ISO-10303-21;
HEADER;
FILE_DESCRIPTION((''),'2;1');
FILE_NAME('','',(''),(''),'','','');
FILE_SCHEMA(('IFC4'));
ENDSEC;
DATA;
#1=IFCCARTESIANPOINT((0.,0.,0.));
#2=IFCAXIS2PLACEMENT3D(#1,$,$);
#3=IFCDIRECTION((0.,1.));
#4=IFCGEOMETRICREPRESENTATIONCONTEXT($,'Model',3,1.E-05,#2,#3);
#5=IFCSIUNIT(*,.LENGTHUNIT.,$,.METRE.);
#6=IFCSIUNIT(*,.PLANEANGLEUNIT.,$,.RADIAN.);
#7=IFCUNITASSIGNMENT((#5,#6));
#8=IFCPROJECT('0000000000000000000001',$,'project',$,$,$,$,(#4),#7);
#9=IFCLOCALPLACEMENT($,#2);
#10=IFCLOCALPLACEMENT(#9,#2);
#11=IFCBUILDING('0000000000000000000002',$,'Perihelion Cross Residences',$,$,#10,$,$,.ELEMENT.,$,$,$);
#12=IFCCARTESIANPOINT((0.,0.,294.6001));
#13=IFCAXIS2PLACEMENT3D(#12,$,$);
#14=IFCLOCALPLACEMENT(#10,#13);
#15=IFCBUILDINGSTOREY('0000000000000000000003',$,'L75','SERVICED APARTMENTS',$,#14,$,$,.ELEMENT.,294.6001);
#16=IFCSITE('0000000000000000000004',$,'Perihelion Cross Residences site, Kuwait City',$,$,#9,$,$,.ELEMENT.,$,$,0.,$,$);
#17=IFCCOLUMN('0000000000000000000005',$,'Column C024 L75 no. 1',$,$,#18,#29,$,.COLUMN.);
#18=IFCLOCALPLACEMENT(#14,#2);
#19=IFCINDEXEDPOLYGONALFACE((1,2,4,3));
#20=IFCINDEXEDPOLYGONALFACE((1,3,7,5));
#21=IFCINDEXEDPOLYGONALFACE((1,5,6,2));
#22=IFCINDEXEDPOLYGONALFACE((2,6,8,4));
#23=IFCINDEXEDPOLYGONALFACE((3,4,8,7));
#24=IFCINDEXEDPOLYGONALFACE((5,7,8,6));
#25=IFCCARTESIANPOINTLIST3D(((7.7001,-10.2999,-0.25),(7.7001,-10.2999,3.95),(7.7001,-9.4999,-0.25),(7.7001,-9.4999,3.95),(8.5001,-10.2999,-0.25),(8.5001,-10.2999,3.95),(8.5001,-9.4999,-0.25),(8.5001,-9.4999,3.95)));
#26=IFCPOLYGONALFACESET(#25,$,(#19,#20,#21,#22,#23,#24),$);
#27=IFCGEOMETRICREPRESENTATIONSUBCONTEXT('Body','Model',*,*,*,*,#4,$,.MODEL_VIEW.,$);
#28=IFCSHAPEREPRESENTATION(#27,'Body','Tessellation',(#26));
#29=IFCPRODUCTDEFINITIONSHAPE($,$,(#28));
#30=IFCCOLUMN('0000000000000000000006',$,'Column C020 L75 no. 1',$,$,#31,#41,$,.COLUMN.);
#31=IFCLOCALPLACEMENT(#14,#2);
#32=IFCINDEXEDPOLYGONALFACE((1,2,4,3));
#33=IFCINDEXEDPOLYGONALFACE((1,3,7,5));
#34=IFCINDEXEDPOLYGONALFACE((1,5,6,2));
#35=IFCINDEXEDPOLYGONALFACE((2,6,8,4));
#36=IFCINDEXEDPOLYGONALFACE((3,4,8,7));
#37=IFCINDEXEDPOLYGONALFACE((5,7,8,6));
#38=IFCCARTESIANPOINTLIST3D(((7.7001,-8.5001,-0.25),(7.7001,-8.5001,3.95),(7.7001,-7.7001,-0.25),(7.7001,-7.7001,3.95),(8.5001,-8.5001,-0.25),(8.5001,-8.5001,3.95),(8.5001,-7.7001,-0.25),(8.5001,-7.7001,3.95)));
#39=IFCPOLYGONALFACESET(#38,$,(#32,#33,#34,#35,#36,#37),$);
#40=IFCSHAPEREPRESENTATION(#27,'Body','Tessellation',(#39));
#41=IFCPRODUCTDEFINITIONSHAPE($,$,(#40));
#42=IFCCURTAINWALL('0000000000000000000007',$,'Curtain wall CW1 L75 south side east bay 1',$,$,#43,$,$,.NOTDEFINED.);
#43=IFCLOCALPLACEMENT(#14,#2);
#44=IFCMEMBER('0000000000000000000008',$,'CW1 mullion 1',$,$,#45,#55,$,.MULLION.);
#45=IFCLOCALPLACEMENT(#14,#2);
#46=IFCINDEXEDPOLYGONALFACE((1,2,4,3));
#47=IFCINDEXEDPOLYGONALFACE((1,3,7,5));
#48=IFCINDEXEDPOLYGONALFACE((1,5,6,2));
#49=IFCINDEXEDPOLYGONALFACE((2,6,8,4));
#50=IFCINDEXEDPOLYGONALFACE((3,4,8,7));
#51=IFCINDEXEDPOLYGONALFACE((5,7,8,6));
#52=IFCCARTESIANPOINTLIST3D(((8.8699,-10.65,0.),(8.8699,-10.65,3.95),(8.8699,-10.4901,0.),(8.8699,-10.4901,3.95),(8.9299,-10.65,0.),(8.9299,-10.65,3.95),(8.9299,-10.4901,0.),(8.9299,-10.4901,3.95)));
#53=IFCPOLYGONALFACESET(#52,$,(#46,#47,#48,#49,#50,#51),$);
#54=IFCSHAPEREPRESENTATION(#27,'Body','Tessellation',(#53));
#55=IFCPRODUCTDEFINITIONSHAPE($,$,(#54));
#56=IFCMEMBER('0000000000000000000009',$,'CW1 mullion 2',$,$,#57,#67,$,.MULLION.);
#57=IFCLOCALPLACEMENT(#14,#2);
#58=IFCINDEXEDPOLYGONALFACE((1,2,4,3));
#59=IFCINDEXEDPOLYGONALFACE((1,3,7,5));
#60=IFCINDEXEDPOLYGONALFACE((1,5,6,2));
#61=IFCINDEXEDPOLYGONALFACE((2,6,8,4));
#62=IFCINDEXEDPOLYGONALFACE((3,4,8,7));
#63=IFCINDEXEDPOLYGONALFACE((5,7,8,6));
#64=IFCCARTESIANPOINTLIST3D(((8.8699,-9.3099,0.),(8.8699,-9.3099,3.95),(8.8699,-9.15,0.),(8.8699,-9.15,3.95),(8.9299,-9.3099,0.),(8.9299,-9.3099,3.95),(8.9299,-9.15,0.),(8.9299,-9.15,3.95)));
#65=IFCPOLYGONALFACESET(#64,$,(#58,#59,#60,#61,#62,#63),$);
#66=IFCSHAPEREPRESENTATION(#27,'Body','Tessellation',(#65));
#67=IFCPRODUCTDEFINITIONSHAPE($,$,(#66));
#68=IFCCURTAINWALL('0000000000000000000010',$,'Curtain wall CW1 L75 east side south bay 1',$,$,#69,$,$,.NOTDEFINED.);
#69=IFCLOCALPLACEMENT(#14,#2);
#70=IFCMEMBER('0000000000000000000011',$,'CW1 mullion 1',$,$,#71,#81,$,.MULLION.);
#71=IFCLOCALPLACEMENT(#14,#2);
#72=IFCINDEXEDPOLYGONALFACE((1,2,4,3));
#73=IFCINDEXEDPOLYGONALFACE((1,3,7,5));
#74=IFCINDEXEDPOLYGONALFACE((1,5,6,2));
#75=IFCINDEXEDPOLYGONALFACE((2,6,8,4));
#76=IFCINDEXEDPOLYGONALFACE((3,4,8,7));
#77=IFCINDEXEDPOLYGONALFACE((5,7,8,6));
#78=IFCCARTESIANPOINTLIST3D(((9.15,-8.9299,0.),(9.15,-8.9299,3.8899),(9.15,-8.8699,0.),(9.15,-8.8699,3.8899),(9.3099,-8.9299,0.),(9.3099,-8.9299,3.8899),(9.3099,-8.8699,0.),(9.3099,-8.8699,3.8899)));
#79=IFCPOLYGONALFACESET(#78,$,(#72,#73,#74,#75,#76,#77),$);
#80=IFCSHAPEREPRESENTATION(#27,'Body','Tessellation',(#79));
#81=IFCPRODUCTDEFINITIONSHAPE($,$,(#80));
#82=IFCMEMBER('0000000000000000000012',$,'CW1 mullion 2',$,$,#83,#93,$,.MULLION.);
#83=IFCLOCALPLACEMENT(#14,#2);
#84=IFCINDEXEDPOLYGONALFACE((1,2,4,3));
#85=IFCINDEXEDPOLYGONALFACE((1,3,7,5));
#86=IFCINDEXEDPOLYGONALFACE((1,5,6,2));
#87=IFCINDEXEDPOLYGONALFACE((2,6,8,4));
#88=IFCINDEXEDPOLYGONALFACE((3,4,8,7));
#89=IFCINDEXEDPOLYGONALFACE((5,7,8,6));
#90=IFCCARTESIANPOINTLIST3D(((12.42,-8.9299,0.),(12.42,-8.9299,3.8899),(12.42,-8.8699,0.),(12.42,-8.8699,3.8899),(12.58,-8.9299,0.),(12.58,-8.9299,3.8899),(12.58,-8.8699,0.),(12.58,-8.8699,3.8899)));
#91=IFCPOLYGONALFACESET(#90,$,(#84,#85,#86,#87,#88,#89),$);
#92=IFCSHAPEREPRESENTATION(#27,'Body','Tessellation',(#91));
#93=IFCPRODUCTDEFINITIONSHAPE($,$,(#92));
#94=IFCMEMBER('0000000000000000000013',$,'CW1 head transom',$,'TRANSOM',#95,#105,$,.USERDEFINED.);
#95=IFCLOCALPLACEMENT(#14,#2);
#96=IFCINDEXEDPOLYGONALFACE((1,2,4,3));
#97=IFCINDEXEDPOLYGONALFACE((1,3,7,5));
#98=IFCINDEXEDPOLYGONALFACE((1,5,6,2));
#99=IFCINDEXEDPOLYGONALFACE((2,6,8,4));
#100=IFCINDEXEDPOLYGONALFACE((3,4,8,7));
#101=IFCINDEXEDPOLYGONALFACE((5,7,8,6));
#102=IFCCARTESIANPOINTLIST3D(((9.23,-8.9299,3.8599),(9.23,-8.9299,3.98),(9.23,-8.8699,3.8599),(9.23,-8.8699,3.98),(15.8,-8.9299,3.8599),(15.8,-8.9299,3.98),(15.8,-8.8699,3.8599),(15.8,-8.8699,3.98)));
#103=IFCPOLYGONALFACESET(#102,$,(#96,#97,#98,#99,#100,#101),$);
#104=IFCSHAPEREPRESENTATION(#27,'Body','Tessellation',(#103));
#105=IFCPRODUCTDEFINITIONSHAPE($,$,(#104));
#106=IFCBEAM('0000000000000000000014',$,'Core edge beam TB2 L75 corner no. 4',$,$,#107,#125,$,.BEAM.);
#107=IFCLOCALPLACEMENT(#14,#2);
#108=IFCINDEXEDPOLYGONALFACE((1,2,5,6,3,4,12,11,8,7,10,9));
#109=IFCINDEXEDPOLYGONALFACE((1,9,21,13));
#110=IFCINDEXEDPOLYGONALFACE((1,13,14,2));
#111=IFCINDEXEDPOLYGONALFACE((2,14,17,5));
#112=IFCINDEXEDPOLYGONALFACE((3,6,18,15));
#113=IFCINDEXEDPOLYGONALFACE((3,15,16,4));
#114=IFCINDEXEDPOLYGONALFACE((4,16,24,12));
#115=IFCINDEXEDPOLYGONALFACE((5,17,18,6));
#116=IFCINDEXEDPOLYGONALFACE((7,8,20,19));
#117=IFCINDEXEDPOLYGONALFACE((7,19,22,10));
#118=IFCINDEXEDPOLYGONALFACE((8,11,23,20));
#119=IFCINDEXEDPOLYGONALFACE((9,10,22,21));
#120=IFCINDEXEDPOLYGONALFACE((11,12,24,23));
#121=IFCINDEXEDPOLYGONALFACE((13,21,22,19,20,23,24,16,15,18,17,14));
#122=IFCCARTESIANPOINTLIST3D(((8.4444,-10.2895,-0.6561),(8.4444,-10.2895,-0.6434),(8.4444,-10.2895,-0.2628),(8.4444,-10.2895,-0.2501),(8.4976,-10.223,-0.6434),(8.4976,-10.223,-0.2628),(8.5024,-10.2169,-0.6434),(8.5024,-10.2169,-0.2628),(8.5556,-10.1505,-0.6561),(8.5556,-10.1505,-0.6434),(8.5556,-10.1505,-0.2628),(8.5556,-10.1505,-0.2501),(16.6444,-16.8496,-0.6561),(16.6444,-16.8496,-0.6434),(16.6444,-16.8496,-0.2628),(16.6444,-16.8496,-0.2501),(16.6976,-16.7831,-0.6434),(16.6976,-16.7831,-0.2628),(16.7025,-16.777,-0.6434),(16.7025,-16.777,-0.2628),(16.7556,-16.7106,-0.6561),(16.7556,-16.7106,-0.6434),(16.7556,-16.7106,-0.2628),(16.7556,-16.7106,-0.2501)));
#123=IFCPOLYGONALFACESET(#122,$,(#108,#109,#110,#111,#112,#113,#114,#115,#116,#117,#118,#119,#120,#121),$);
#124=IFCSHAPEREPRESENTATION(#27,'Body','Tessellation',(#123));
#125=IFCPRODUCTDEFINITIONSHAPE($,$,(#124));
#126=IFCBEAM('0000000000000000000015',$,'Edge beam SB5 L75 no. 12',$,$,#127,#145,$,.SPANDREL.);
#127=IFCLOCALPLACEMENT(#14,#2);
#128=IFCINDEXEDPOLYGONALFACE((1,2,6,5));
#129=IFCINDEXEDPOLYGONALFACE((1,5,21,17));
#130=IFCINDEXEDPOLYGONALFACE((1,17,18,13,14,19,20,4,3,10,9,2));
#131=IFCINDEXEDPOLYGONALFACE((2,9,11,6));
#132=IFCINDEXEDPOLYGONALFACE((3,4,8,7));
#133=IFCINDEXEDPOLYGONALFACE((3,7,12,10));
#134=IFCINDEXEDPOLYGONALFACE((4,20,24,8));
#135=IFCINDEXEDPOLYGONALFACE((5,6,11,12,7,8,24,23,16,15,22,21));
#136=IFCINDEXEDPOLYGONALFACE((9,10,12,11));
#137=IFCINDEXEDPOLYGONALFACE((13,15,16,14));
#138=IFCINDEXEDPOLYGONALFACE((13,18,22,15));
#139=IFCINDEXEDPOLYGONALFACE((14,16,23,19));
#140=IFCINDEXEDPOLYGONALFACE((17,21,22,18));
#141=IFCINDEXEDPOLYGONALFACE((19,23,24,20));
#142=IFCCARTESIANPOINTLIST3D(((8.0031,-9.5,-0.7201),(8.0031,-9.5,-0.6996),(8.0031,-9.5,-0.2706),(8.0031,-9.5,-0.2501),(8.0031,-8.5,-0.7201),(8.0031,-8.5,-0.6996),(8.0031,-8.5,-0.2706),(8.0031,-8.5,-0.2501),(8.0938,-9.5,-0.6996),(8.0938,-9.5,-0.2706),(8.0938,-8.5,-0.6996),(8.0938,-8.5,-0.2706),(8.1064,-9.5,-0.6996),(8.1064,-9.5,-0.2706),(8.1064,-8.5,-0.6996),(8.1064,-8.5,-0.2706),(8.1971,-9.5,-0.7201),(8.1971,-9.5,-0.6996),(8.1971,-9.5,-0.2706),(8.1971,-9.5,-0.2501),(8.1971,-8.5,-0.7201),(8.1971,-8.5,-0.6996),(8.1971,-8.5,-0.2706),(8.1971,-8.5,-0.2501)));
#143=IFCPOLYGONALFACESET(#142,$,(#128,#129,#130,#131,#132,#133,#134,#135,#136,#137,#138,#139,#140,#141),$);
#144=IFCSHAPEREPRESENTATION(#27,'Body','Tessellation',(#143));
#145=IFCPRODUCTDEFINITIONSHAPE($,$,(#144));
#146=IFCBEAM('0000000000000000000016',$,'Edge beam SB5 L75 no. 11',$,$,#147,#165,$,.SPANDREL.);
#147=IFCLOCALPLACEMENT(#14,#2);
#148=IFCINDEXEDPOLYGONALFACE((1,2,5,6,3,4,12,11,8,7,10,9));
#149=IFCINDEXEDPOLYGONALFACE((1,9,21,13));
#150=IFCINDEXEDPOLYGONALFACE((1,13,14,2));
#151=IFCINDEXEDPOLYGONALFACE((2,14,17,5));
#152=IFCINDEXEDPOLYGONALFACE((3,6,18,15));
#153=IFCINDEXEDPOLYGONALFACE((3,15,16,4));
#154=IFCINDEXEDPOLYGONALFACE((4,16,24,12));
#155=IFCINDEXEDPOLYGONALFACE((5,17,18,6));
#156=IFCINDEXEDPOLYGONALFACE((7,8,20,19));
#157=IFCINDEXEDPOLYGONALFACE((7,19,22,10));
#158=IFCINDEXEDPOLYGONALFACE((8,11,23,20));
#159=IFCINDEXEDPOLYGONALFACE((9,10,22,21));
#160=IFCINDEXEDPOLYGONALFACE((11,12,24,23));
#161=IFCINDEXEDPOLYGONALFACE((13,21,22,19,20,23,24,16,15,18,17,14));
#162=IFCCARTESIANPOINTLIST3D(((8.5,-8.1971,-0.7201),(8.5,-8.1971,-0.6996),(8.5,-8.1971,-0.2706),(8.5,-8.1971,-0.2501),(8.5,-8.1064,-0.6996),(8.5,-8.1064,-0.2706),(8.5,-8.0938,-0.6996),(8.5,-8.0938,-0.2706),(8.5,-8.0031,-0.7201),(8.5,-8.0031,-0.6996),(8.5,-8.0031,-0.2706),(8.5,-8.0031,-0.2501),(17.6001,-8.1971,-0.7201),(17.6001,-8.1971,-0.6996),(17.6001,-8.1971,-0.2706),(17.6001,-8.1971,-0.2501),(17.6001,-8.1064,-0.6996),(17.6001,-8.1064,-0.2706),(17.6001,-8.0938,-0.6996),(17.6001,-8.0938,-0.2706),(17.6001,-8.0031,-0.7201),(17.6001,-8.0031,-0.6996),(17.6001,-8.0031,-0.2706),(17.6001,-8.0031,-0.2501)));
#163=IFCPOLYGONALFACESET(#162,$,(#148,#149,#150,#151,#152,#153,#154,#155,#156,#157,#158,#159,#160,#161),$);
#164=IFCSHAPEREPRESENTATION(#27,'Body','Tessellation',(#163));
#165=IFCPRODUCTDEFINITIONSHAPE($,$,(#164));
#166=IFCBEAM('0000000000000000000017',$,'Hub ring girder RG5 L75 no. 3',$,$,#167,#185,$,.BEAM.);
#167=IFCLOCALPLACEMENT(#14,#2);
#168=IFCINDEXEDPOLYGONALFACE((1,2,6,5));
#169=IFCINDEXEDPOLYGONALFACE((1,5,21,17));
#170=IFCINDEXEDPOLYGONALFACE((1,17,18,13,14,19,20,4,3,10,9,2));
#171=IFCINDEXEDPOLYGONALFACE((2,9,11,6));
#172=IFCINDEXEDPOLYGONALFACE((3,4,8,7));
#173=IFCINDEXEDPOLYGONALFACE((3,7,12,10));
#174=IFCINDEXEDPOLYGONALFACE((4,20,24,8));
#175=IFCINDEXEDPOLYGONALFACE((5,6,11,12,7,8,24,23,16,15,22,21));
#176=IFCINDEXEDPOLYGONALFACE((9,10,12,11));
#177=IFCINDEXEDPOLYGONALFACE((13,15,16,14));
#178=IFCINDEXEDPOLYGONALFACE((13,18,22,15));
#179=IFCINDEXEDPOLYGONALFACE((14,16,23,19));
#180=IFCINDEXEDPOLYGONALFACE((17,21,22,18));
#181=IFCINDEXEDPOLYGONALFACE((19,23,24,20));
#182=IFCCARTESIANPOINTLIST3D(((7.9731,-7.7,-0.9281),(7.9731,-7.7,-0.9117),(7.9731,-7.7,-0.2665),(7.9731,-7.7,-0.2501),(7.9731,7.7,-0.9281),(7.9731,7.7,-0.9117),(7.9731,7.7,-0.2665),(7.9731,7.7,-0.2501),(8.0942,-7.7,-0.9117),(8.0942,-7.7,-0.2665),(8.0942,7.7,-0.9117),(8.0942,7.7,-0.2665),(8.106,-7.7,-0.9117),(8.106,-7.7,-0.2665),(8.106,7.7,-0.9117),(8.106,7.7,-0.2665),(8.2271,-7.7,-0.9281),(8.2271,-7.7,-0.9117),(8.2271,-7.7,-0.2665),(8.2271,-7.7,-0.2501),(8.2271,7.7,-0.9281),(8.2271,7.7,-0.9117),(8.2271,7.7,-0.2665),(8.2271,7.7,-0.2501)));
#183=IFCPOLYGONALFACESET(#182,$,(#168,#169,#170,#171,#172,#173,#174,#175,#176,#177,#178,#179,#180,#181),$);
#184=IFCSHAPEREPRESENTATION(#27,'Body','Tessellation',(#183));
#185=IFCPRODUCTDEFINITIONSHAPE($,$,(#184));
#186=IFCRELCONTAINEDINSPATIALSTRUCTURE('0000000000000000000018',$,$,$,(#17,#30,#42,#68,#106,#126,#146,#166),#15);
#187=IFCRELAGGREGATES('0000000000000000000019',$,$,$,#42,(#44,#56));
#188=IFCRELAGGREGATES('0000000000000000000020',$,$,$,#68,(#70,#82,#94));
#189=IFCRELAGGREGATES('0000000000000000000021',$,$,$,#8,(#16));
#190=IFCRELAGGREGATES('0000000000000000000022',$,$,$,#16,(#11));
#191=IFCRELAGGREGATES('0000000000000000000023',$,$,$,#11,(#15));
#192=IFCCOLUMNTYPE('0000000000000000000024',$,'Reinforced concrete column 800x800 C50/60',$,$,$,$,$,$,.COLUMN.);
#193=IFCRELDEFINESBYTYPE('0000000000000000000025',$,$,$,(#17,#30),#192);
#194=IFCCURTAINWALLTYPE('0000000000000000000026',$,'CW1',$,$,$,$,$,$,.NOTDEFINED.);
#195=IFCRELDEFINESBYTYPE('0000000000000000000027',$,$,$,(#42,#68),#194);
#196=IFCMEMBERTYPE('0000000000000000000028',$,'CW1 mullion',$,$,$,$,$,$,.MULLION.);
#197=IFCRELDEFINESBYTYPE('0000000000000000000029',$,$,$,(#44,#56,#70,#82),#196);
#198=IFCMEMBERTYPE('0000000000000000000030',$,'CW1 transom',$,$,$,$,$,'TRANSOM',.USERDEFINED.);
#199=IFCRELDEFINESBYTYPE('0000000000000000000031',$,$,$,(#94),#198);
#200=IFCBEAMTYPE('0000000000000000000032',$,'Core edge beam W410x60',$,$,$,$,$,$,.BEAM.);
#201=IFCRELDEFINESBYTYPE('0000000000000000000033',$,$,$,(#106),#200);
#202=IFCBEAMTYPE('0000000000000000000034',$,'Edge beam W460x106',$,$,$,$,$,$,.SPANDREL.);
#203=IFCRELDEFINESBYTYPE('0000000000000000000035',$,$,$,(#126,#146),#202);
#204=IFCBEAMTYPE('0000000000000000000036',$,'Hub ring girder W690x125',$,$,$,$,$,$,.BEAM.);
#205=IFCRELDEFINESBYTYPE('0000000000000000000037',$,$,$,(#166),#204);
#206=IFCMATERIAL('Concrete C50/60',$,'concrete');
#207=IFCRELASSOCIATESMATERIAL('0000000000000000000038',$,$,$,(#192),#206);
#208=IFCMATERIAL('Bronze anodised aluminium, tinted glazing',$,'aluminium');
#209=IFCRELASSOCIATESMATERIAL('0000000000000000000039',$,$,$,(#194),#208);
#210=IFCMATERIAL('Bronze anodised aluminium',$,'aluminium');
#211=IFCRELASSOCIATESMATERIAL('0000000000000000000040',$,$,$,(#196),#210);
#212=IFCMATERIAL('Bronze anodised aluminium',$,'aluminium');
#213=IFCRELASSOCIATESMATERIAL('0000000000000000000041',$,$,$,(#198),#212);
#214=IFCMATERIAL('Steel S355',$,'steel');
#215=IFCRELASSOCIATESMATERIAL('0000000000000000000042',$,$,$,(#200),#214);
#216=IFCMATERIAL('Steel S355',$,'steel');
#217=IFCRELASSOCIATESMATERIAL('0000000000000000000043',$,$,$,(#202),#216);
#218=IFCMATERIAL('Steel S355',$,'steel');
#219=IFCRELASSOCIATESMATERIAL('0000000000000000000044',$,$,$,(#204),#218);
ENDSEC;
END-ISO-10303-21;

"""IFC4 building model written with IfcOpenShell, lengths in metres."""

from ifc_helpers import new_model, si_unit, direction, frame, origin, origin_2d, place, context, subcontext, project, spatial, rectangle, i_section, extrude, material, material_profile, profile_set, type_object, element, aggregate, save


model = new_model("IFC4")

# Units and contexts
model_context = context("Model", 3, precision=1e-05, world=origin(), true_north=direction((0.0, 1.0)))
body_context = subcontext(model_context, "Body", "Model", "MODEL_VIEW")
ifc_project = project(units=[si_unit("LENGTHUNIT", "METRE"), si_unit("PLANEANGLEUNIT", "RADIAN")], contexts=[model_context])

# Site, building, storey
site_placement = place(None, origin())
site = spatial("IfcSite", under=ifc_project, at=site_placement, Name="Perihelion Cross Residences site, Kuwait City", CompositionType="ELEMENT", RefElevation=0.0)
building_placement = place(site_placement, origin())
building = spatial("IfcBuilding", under=site, at=building_placement, Name="Perihelion Cross Residences", CompositionType="ELEMENT")
storey_placement = place(building_placement, frame((0.0, 0.0, 294.6001)))
storey = spatial("IfcBuildingStorey", under=building, at=storey_placement, Name="L75", Description="SERVICED APARTMENTS", CompositionType="ELEMENT", Elevation=294.6001)

# Columns
ifc_material_1 = material(Name="Concrete C50/60", Category="concrete")
ifc_material_profile_1 = material_profile(ifc_material_1, rectangle(XDim=0.8, YDim=0.8, at=origin_2d()), Name="RC 800x800")
ifc_profile_set_1 = profile_set([ifc_material_profile_1], Name="Concrete C50/60")
column_type = type_object("IfcColumnType", Name="Reinforced concrete column 800x800 C50/60", PredefinedType="COLUMN", material=ifc_profile_set_1)
for number, where, z_axis, x_axis, name in (
    (1, (8.1001, -9.8999, -0.25), (0.0, 0.0, 1.0), (1.0, 0.0, 0.0), "Column C024 L75 no. 1"),
    (2, (8.1001, -8.1001, -0.25), (0.0, 0.0, 1.0), (1.0, 0.0, 0.0), "Column C020 L75 no. 1"),
):
    element("IfcColumn", number, at=place(storey_placement, frame(where, z_axis=z_axis, x_axis=x_axis)), inside=storey, type_object=column_type, Name=name, PredefinedType="COLUMN", context=body_context, shape_type="SweptSolid", body=[
        extrude(rectangle(XDim=0.8, YDim=0.8, at=origin_2d()), origin(), (0.0, 0.0, 1.0), 4.2),
    ])

# Curtain walls, members
ifc_material_2 = material(Name="Bronze anodised aluminium, tinted glazing", Category="aluminium")
curtain_wall_type = type_object("IfcCurtainWallType", Name="CW1", PredefinedType="NOTDEFINED", material=ifc_material_2)
curtain_wall_1_placement = place(storey_placement, origin())
curtain_wall_1 = element("IfcCurtainWall", 3, at=curtain_wall_1_placement, inside=storey, type_object=curtain_wall_type, Name="Curtain wall CW1 L75 south side east bay 1", PredefinedType="NOTDEFINED")
ifc_material_3 = material(Name="Bronze anodised aluminium", Category="aluminium")
ifc_material_profile_2 = material_profile(ifc_material_3, rectangle(XDim=0.0601, YDim=0.1599, at=origin_2d()), Name="CW1 mullion")
ifc_profile_set_2 = profile_set([ifc_material_profile_2], Name="Bronze anodised aluminium")
member_type_1 = type_object("IfcMemberType", Name="CW1 mullion", PredefinedType="MULLION", material=ifc_profile_set_2)
member_1_placement = place(storey_placement, frame((8.8999, -10.5701, 0.0), z_axis=(0.0, 0.0, 1.0), x_axis=(-1.0, 0.0, 0.0)))
member_1 = element("IfcMember", 4, at=member_1_placement, type_object=member_type_1, Name="CW1 mullion 1", PredefinedType="MULLION", context=body_context, shape_type="SweptSolid", body=[
    extrude(rectangle(XDim=0.0601, YDim=0.1599, at=origin_2d()), origin(), (0.0, 0.0, 1.0), 3.95),
])
member_2_placement = place(storey_placement, frame((8.8999, -9.23, 0.0), z_axis=(0.0, 0.0, 1.0), x_axis=(-1.0, 0.0, 0.0)))
member_2 = element("IfcMember", 5, at=member_2_placement, type_object=member_type_1, Name="CW1 mullion 2", PredefinedType="MULLION", context=body_context, shape_type="SweptSolid", body=[
    extrude(rectangle(XDim=0.0601, YDim=0.1599, at=origin_2d()), origin(), (0.0, 0.0, 1.0), 3.95),
])
curtain_wall_2_placement = place(storey_placement, origin())
curtain_wall_2 = element("IfcCurtainWall", 6, at=curtain_wall_2_placement, inside=storey, type_object=curtain_wall_type, Name="Curtain wall CW1 L75 east side south bay 1", PredefinedType="NOTDEFINED")
member_3_placement = place(storey_placement, frame((9.23, -8.8999, 0.0), z_axis=(0.0, 0.0, 1.0), x_axis=(0.0, 1.0, 0.0)))
member_3 = element("IfcMember", 7, at=member_3_placement, type_object=member_type_1, Name="CW1 mullion 1", PredefinedType="MULLION", context=body_context, shape_type="SweptSolid", body=[
    extrude(rectangle(XDim=0.0601, YDim=0.1599, at=origin_2d()), origin(), (0.0, 0.0, 1.0), 3.8899),
])
member_4_placement = place(storey_placement, frame((12.5, -8.8999, 0.0), z_axis=(0.0, 0.0, 1.0), x_axis=(0.0, 1.0, 0.0)))
member_4 = element("IfcMember", 8, at=member_4_placement, type_object=member_type_1, Name="CW1 mullion 2", PredefinedType="MULLION", context=body_context, shape_type="SweptSolid", body=[
    extrude(rectangle(XDim=0.0601, YDim=0.1599, at=origin_2d()), origin(), (0.0, 0.0, 1.0), 3.8899),
])
ifc_material_4 = material(Name="Bronze anodised aluminium", Category="aluminium")
ifc_material_profile_3 = material_profile(ifc_material_4, rectangle(XDim=0.0601, YDim=0.1201, at=origin_2d()), Name="CW1 transom")
ifc_profile_set_3 = profile_set([ifc_material_profile_3], Name="Bronze anodised aluminium")
member_type_2 = type_object("IfcMemberType", Name="CW1 transom", ElementType="TRANSOM", PredefinedType="USERDEFINED", material=ifc_profile_set_3)
member_5_placement = place(storey_placement, frame((9.23, -8.8999, 3.9199), z_axis=(1.0, 0.0, 0.0), x_axis=(0.0, 1.0, 0.0)))
member_5 = element("IfcMember", 9, at=member_5_placement, type_object=member_type_2, Name="CW1 head transom", ObjectType="TRANSOM", PredefinedType="USERDEFINED", context=body_context, shape_type="SweptSolid", body=[
    extrude(rectangle(XDim=0.0601, YDim=0.1201, at=origin_2d()), origin(), (0.0, 0.0, 1.0), 6.5701),
])

# Beams
ifc_material_5 = material(Name="Steel S355", Category="steel")
ifc_material_profile_4 = material_profile(ifc_material_5, i_section(OverallWidth=0.178, OverallDepth=0.406, WebThickness=0.0078, FlangeThickness=0.0127, at=origin_2d()), Name="W410x60")
ifc_profile_set_4 = profile_set([ifc_material_profile_4], Name="Steel S355")
beam_type_1 = type_object("IfcBeamType", Name="Core edge beam W410x60", PredefinedType="BEAM", material=ifc_profile_set_4)
beam_1_placement = place(storey_placement, frame((8.5, -10.22, -0.4531), z_axis=(0.780864, -0.624701, 0.0), x_axis=(0.624701, 0.780864, 0.0)))
element("IfcBeam", 10, at=beam_1_placement, inside=storey, type_object=beam_type_1, Name="Core edge beam TB2 L75 corner no. 4", PredefinedType="BEAM", context=body_context, shape_type="SweptSolid", body=[
    extrude(i_section(OverallWidth=0.178, OverallDepth=0.406, WebThickness=0.0078, FlangeThickness=0.0127, at=origin_2d()), origin(), (0.0, 0.0, 1.0), 10.5012),
])
ifc_material_6 = material(Name="Steel S355", Category="steel")
ifc_material_profile_5 = material_profile(ifc_material_6, i_section(OverallWidth=0.1941, OverallDepth=0.47, WebThickness=0.0127, FlangeThickness=0.0205, at=origin_2d()), Name="W460x106")
ifc_profile_set_5 = profile_set([ifc_material_profile_5], Name="Steel S355")
beam_type_2 = type_object("IfcBeamType", Name="Edge beam W460x106", PredefinedType="SPANDREL", material=ifc_profile_set_5)
beam_2_placement = place(storey_placement, frame((8.1001, -9.5, -0.4851), z_axis=(0.0, 1.0, 0.0), x_axis=(-1.0, 0.0, 0.0)))
element("IfcBeam", 11, at=beam_2_placement, inside=storey, type_object=beam_type_2, Name="Edge beam SB5 L75 no. 12", PredefinedType="SPANDREL", context=body_context, shape_type="SweptSolid", body=[
    extrude(i_section(OverallWidth=0.1941, OverallDepth=0.47, WebThickness=0.0127, FlangeThickness=0.0205, at=origin_2d()), origin(), (0.0, 0.0, 1.0), 1.0),
])
beam_3_placement = place(storey_placement, frame((8.5, -8.1001, -0.4851), z_axis=(1.0, 0.0, 0.0), x_axis=(0.0, 1.0, 0.0)))
element("IfcBeam", 12, at=beam_3_placement, inside=storey, type_object=beam_type_2, Name="Edge beam SB5 L75 no. 11", PredefinedType="SPANDREL", context=body_context, shape_type="SweptSolid", body=[
    extrude(i_section(OverallWidth=0.1941, OverallDepth=0.47, WebThickness=0.0127, FlangeThickness=0.0205, at=origin_2d()), origin(), (0.0, 0.0, 1.0), 9.1001),
])
ifc_material_7 = material(Name="Steel S355", Category="steel")
ifc_material_profile_6 = material_profile(ifc_material_7, i_section(OverallWidth=0.2539, OverallDepth=0.678, WebThickness=0.0117, FlangeThickness=0.0164, at=origin_2d()), Name="W690x125")
ifc_profile_set_6 = profile_set([ifc_material_profile_6], Name="Steel S355")
beam_type_3 = type_object("IfcBeamType", Name="Hub ring girder W690x125", PredefinedType="BEAM", material=ifc_profile_set_6)
beam_4_placement = place(storey_placement, frame((8.1001, -7.7, -0.5891), z_axis=(0.0, 1.0, 0.0), x_axis=(-1.0, 0.0, 0.0)))
element("IfcBeam", 13, at=beam_4_placement, inside=storey, type_object=beam_type_3, Name="Hub ring girder RG5 L75 no. 3", PredefinedType="BEAM", context=body_context, shape_type="SweptSolid", body=[
    extrude(i_section(OverallWidth=0.2539, OverallDepth=0.678, WebThickness=0.0117, FlangeThickness=0.0164, at=origin_2d()), origin(), (0.0, 0.0, 1.0), 15.3999),
])

aggregate(curtain_wall_1, [member_1, member_2])
aggregate(curtain_wall_2, [member_3, member_4, member_5])

save(model, "model.ifc")
